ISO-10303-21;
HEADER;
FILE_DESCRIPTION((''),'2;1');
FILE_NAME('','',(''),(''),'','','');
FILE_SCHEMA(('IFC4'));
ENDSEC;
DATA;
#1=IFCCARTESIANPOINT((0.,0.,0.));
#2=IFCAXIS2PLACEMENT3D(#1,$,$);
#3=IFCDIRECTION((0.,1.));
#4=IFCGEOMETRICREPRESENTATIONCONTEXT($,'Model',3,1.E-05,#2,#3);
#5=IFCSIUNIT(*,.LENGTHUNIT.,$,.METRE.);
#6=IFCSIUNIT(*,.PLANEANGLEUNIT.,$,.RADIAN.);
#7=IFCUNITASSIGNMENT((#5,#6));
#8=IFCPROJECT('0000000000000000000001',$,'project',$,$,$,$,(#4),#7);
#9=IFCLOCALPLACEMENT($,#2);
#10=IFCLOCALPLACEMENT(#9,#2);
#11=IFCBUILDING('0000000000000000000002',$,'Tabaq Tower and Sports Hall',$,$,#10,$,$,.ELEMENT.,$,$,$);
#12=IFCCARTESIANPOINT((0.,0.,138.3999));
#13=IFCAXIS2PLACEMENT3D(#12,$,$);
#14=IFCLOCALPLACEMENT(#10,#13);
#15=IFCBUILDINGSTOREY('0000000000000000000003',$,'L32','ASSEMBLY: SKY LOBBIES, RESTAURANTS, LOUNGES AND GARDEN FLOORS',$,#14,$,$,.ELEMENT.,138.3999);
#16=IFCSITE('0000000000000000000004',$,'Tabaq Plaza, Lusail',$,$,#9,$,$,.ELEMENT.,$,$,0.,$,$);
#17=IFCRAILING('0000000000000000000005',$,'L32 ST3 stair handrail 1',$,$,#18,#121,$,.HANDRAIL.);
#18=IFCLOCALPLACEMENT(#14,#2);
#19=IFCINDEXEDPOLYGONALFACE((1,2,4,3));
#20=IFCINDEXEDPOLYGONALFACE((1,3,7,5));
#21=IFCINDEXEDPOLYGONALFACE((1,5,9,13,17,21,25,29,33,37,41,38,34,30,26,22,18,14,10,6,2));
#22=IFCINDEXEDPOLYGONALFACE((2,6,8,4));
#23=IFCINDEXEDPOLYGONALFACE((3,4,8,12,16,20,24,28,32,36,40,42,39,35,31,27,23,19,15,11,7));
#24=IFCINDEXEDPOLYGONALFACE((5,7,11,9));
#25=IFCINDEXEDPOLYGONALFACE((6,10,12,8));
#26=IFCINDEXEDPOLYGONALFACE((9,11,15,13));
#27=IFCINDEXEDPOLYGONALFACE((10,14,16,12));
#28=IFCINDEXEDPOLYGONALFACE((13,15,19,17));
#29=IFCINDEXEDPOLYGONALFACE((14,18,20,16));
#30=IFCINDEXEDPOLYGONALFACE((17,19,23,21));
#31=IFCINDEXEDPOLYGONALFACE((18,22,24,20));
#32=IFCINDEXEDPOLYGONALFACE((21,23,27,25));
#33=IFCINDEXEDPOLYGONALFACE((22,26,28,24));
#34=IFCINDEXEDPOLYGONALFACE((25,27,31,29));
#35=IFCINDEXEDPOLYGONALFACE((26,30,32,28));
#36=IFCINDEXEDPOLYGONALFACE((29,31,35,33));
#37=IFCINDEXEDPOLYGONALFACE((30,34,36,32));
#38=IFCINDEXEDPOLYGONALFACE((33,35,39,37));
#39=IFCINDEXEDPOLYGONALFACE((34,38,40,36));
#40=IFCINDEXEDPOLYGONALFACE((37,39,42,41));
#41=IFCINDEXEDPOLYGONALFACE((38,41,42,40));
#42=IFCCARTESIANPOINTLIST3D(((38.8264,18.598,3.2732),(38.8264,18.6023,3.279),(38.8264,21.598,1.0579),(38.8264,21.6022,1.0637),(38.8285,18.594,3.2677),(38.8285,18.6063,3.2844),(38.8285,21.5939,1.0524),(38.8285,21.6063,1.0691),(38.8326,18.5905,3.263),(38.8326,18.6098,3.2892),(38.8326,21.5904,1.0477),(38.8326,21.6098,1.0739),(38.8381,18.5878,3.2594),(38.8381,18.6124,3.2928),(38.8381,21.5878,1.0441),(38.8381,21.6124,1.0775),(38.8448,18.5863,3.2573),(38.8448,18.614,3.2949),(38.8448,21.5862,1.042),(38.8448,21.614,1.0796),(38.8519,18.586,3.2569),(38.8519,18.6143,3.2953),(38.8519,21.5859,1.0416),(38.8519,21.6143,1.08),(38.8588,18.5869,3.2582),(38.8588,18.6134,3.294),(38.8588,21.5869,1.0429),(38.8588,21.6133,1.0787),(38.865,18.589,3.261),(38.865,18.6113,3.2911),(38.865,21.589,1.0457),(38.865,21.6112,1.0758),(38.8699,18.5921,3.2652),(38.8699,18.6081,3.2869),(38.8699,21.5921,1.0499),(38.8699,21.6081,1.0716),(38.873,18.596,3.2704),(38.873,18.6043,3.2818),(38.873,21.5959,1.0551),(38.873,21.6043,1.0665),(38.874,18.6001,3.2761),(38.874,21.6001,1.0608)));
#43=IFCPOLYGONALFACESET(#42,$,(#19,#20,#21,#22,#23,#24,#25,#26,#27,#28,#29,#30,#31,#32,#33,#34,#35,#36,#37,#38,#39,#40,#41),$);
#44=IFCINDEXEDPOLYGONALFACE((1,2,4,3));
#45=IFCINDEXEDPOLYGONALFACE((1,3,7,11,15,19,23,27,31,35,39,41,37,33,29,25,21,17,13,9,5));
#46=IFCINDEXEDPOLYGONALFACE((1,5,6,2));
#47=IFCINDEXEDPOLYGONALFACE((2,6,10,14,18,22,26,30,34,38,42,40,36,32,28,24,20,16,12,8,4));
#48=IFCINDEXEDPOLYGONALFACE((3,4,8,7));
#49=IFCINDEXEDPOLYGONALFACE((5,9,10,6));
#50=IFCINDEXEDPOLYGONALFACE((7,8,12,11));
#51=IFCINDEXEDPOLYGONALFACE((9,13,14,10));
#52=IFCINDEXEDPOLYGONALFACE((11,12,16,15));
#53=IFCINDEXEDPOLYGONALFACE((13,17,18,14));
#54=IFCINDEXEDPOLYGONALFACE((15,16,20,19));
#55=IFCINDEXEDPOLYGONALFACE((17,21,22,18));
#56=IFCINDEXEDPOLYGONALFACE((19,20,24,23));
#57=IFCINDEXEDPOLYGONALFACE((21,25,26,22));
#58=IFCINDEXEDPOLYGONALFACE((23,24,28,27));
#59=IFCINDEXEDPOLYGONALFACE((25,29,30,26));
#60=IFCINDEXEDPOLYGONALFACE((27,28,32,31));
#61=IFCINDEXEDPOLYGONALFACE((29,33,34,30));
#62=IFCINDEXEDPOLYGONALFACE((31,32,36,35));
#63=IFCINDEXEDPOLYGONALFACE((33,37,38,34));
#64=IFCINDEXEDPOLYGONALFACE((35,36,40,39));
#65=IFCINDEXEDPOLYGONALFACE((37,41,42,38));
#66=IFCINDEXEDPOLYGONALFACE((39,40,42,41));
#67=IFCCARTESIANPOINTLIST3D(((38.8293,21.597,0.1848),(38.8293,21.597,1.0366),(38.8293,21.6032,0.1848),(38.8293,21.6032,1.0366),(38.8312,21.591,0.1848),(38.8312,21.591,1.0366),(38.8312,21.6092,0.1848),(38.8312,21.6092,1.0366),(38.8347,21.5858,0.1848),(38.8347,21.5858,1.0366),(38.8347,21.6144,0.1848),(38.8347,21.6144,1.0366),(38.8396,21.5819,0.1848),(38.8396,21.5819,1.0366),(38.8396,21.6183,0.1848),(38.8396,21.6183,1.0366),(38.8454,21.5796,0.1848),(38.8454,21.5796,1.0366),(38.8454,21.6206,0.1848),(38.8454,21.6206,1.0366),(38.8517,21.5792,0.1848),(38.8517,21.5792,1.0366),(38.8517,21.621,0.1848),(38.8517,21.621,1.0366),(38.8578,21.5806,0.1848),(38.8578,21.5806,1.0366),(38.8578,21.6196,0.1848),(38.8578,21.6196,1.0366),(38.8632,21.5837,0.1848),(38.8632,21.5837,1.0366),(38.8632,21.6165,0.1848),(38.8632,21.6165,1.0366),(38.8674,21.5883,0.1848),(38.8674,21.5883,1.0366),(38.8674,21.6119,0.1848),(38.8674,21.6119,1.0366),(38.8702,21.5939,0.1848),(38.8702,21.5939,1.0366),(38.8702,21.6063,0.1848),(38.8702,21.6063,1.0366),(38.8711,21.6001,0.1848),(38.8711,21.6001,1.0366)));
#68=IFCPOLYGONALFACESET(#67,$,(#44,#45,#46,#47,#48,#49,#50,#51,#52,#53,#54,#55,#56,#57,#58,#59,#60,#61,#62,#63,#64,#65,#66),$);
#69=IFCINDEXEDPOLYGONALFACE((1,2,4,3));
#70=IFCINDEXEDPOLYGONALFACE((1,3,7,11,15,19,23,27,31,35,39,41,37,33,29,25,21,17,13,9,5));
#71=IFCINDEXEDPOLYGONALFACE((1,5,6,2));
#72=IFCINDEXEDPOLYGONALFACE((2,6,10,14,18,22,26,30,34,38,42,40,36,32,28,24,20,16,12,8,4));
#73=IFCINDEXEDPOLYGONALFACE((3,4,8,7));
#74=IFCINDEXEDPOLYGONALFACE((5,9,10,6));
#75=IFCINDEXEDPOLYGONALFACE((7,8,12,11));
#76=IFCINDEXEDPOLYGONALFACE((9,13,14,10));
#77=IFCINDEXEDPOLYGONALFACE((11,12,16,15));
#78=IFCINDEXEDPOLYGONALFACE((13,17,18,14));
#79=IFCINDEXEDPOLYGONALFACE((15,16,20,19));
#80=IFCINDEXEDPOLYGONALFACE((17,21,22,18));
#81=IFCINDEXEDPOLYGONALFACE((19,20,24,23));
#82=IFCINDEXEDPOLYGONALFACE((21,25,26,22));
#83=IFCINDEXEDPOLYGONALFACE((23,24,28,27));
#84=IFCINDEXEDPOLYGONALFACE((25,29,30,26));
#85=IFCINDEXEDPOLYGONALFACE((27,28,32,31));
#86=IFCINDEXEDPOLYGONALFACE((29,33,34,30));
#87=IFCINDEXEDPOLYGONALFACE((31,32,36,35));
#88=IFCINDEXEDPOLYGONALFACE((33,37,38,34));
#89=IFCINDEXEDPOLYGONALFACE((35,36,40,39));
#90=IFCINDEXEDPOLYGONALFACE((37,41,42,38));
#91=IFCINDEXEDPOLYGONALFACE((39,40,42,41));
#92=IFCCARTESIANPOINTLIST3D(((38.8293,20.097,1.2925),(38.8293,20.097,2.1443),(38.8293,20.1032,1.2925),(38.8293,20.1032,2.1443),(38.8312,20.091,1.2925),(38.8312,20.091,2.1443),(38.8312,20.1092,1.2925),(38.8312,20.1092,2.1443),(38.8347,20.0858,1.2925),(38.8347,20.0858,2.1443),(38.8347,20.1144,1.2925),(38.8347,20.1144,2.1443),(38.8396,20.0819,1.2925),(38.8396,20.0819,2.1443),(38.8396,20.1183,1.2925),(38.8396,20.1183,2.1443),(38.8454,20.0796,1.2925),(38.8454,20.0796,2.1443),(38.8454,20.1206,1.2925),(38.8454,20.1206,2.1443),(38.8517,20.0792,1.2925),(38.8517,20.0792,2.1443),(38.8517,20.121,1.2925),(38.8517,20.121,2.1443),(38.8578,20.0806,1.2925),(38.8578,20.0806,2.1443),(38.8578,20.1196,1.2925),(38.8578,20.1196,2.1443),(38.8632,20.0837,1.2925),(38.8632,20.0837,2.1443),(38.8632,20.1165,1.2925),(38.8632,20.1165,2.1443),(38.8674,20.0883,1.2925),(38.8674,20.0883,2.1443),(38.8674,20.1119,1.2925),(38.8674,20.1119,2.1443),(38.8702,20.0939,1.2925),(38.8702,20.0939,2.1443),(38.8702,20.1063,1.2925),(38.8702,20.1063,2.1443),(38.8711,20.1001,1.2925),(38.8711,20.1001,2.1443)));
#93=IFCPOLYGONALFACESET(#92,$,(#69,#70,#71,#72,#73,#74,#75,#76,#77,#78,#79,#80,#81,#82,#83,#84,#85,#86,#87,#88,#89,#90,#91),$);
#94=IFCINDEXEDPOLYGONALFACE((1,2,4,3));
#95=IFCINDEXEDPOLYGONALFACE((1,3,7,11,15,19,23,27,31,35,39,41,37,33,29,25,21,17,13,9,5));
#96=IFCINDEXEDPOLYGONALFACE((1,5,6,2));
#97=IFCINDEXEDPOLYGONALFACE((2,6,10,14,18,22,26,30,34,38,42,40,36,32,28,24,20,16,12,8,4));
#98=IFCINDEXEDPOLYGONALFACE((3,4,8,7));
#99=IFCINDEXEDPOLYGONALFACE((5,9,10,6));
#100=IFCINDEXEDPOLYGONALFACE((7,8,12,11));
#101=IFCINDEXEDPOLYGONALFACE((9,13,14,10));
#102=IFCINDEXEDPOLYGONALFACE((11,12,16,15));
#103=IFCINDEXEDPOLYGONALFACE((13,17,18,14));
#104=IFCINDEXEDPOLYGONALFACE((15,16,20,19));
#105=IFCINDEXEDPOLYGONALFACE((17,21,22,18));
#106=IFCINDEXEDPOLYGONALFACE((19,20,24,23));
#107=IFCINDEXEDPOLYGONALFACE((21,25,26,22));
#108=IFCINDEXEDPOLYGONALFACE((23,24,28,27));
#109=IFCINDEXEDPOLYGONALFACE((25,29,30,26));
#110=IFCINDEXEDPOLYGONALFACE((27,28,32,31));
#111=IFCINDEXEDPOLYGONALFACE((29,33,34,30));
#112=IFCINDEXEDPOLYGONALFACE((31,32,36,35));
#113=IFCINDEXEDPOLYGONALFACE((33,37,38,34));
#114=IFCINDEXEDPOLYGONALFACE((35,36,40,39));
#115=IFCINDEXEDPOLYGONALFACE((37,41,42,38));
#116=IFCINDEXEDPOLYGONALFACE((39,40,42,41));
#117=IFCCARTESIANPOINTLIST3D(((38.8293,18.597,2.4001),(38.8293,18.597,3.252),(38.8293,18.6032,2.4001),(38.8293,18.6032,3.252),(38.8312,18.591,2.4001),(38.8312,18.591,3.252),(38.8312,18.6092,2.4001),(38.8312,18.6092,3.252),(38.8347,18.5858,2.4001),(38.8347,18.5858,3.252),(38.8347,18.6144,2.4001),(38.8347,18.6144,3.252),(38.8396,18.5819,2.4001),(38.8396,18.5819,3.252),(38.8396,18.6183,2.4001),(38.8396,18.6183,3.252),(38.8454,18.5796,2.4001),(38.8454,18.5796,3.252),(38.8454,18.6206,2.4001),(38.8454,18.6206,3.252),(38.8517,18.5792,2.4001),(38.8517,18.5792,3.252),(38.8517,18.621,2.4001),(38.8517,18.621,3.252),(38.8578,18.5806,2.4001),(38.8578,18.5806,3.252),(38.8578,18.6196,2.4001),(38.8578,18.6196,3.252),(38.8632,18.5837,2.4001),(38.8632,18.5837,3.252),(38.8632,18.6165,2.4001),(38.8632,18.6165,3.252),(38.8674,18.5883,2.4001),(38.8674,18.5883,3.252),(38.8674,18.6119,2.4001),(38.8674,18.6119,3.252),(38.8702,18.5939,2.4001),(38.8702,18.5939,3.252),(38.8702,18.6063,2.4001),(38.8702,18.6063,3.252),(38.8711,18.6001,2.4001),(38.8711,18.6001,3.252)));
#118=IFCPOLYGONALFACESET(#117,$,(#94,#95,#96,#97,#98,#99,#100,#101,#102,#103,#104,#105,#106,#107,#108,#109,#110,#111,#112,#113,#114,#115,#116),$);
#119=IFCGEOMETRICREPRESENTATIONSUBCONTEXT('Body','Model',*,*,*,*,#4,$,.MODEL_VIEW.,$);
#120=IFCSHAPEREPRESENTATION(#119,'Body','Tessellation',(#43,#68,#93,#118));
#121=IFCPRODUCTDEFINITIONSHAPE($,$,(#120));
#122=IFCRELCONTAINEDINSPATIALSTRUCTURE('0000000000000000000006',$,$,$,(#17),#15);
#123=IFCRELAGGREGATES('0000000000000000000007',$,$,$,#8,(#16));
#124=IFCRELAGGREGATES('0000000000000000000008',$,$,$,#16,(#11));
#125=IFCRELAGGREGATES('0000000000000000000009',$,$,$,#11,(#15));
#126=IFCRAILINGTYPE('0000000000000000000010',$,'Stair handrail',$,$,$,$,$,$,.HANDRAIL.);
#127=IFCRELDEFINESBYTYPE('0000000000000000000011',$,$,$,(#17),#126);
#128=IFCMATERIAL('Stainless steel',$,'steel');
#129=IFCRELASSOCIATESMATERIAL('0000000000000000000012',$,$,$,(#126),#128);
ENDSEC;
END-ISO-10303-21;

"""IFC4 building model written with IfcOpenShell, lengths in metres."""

from ifc_helpers import new_model, si_unit, direction, frame, origin, origin_2d, place, context, subcontext, project, spatial, circle, extrude, material, type_object, element, save


model = new_model("IFC4")

# Units and contexts
model_context = context("Model", 3, precision=1e-05, world=origin(), true_north=direction((0.0, 1.0)))
body_context = subcontext(model_context, "Body", "Model", "MODEL_VIEW")
ifc_project = project(units=[si_unit("LENGTHUNIT", "METRE"), si_unit("PLANEANGLEUNIT", "RADIAN")], contexts=[model_context])

# Site, building, storey
site_placement = place(None, origin())
site = spatial("IfcSite", under=ifc_project, at=site_placement, Name="Tabaq Plaza, Lusail", CompositionType="ELEMENT", RefElevation=0.0)
building_placement = place(site_placement, origin())
building = spatial("IfcBuilding", under=site, at=building_placement, Name="Tabaq Tower and Sports Hall", CompositionType="ELEMENT")
storey_placement = place(building_placement, frame((0.0, 0.0, 138.3999)))
storey = spatial("IfcBuildingStorey", under=building, at=storey_placement, Name="L32", Description="ASSEMBLY: SKY LOBBIES, RESTAURANTS, LOUNGES AND GARDEN FLOORS", CompositionType="ELEMENT", Elevation=138.3999)

# Railing
ifc_material_1 = material(Name="Stainless steel", Category="steel")
railing_type_1 = type_object("IfcRailingType", Name="Stair handrail", PredefinedType="HANDRAIL", material=ifc_material_1)
railing_1_placement = place(storey_placement, frame((38.8501, 21.6001, 0.1848)))
element("IfcRailing", 1, at=railing_1_placement, inside=storey, type_object=railing_type_1, Name="L32 ST3 stair handrail 1", PredefinedType="HANDRAIL", context=body_context, shape_type="SweptSolid", body=[
    extrude(circle(Radius=0.0239, at=origin_2d()), frame((0.0, 0.0, 0.876), z_axis=(0.0, -0.80444, 0.594034), x_axis=(1.0, 0.0, 0.0)), (0.0, 0.0, 1.0), 3.7292),
    extrude(circle(Radius=0.021, at=origin_2d()), origin(), (0.0, 0.0, 1.0), 0.8518),
    extrude(circle(Radius=0.021, at=origin_2d()), frame((0.0, -1.5, 1.1077)), (0.0, 0.0, 1.0), 0.8518),
    extrude(circle(Radius=0.021, at=origin_2d()), frame((0.0, -3.0, 2.2153)), (0.0, 0.0, 1.0), 0.8518),
])

save(model, "model.ifc")
